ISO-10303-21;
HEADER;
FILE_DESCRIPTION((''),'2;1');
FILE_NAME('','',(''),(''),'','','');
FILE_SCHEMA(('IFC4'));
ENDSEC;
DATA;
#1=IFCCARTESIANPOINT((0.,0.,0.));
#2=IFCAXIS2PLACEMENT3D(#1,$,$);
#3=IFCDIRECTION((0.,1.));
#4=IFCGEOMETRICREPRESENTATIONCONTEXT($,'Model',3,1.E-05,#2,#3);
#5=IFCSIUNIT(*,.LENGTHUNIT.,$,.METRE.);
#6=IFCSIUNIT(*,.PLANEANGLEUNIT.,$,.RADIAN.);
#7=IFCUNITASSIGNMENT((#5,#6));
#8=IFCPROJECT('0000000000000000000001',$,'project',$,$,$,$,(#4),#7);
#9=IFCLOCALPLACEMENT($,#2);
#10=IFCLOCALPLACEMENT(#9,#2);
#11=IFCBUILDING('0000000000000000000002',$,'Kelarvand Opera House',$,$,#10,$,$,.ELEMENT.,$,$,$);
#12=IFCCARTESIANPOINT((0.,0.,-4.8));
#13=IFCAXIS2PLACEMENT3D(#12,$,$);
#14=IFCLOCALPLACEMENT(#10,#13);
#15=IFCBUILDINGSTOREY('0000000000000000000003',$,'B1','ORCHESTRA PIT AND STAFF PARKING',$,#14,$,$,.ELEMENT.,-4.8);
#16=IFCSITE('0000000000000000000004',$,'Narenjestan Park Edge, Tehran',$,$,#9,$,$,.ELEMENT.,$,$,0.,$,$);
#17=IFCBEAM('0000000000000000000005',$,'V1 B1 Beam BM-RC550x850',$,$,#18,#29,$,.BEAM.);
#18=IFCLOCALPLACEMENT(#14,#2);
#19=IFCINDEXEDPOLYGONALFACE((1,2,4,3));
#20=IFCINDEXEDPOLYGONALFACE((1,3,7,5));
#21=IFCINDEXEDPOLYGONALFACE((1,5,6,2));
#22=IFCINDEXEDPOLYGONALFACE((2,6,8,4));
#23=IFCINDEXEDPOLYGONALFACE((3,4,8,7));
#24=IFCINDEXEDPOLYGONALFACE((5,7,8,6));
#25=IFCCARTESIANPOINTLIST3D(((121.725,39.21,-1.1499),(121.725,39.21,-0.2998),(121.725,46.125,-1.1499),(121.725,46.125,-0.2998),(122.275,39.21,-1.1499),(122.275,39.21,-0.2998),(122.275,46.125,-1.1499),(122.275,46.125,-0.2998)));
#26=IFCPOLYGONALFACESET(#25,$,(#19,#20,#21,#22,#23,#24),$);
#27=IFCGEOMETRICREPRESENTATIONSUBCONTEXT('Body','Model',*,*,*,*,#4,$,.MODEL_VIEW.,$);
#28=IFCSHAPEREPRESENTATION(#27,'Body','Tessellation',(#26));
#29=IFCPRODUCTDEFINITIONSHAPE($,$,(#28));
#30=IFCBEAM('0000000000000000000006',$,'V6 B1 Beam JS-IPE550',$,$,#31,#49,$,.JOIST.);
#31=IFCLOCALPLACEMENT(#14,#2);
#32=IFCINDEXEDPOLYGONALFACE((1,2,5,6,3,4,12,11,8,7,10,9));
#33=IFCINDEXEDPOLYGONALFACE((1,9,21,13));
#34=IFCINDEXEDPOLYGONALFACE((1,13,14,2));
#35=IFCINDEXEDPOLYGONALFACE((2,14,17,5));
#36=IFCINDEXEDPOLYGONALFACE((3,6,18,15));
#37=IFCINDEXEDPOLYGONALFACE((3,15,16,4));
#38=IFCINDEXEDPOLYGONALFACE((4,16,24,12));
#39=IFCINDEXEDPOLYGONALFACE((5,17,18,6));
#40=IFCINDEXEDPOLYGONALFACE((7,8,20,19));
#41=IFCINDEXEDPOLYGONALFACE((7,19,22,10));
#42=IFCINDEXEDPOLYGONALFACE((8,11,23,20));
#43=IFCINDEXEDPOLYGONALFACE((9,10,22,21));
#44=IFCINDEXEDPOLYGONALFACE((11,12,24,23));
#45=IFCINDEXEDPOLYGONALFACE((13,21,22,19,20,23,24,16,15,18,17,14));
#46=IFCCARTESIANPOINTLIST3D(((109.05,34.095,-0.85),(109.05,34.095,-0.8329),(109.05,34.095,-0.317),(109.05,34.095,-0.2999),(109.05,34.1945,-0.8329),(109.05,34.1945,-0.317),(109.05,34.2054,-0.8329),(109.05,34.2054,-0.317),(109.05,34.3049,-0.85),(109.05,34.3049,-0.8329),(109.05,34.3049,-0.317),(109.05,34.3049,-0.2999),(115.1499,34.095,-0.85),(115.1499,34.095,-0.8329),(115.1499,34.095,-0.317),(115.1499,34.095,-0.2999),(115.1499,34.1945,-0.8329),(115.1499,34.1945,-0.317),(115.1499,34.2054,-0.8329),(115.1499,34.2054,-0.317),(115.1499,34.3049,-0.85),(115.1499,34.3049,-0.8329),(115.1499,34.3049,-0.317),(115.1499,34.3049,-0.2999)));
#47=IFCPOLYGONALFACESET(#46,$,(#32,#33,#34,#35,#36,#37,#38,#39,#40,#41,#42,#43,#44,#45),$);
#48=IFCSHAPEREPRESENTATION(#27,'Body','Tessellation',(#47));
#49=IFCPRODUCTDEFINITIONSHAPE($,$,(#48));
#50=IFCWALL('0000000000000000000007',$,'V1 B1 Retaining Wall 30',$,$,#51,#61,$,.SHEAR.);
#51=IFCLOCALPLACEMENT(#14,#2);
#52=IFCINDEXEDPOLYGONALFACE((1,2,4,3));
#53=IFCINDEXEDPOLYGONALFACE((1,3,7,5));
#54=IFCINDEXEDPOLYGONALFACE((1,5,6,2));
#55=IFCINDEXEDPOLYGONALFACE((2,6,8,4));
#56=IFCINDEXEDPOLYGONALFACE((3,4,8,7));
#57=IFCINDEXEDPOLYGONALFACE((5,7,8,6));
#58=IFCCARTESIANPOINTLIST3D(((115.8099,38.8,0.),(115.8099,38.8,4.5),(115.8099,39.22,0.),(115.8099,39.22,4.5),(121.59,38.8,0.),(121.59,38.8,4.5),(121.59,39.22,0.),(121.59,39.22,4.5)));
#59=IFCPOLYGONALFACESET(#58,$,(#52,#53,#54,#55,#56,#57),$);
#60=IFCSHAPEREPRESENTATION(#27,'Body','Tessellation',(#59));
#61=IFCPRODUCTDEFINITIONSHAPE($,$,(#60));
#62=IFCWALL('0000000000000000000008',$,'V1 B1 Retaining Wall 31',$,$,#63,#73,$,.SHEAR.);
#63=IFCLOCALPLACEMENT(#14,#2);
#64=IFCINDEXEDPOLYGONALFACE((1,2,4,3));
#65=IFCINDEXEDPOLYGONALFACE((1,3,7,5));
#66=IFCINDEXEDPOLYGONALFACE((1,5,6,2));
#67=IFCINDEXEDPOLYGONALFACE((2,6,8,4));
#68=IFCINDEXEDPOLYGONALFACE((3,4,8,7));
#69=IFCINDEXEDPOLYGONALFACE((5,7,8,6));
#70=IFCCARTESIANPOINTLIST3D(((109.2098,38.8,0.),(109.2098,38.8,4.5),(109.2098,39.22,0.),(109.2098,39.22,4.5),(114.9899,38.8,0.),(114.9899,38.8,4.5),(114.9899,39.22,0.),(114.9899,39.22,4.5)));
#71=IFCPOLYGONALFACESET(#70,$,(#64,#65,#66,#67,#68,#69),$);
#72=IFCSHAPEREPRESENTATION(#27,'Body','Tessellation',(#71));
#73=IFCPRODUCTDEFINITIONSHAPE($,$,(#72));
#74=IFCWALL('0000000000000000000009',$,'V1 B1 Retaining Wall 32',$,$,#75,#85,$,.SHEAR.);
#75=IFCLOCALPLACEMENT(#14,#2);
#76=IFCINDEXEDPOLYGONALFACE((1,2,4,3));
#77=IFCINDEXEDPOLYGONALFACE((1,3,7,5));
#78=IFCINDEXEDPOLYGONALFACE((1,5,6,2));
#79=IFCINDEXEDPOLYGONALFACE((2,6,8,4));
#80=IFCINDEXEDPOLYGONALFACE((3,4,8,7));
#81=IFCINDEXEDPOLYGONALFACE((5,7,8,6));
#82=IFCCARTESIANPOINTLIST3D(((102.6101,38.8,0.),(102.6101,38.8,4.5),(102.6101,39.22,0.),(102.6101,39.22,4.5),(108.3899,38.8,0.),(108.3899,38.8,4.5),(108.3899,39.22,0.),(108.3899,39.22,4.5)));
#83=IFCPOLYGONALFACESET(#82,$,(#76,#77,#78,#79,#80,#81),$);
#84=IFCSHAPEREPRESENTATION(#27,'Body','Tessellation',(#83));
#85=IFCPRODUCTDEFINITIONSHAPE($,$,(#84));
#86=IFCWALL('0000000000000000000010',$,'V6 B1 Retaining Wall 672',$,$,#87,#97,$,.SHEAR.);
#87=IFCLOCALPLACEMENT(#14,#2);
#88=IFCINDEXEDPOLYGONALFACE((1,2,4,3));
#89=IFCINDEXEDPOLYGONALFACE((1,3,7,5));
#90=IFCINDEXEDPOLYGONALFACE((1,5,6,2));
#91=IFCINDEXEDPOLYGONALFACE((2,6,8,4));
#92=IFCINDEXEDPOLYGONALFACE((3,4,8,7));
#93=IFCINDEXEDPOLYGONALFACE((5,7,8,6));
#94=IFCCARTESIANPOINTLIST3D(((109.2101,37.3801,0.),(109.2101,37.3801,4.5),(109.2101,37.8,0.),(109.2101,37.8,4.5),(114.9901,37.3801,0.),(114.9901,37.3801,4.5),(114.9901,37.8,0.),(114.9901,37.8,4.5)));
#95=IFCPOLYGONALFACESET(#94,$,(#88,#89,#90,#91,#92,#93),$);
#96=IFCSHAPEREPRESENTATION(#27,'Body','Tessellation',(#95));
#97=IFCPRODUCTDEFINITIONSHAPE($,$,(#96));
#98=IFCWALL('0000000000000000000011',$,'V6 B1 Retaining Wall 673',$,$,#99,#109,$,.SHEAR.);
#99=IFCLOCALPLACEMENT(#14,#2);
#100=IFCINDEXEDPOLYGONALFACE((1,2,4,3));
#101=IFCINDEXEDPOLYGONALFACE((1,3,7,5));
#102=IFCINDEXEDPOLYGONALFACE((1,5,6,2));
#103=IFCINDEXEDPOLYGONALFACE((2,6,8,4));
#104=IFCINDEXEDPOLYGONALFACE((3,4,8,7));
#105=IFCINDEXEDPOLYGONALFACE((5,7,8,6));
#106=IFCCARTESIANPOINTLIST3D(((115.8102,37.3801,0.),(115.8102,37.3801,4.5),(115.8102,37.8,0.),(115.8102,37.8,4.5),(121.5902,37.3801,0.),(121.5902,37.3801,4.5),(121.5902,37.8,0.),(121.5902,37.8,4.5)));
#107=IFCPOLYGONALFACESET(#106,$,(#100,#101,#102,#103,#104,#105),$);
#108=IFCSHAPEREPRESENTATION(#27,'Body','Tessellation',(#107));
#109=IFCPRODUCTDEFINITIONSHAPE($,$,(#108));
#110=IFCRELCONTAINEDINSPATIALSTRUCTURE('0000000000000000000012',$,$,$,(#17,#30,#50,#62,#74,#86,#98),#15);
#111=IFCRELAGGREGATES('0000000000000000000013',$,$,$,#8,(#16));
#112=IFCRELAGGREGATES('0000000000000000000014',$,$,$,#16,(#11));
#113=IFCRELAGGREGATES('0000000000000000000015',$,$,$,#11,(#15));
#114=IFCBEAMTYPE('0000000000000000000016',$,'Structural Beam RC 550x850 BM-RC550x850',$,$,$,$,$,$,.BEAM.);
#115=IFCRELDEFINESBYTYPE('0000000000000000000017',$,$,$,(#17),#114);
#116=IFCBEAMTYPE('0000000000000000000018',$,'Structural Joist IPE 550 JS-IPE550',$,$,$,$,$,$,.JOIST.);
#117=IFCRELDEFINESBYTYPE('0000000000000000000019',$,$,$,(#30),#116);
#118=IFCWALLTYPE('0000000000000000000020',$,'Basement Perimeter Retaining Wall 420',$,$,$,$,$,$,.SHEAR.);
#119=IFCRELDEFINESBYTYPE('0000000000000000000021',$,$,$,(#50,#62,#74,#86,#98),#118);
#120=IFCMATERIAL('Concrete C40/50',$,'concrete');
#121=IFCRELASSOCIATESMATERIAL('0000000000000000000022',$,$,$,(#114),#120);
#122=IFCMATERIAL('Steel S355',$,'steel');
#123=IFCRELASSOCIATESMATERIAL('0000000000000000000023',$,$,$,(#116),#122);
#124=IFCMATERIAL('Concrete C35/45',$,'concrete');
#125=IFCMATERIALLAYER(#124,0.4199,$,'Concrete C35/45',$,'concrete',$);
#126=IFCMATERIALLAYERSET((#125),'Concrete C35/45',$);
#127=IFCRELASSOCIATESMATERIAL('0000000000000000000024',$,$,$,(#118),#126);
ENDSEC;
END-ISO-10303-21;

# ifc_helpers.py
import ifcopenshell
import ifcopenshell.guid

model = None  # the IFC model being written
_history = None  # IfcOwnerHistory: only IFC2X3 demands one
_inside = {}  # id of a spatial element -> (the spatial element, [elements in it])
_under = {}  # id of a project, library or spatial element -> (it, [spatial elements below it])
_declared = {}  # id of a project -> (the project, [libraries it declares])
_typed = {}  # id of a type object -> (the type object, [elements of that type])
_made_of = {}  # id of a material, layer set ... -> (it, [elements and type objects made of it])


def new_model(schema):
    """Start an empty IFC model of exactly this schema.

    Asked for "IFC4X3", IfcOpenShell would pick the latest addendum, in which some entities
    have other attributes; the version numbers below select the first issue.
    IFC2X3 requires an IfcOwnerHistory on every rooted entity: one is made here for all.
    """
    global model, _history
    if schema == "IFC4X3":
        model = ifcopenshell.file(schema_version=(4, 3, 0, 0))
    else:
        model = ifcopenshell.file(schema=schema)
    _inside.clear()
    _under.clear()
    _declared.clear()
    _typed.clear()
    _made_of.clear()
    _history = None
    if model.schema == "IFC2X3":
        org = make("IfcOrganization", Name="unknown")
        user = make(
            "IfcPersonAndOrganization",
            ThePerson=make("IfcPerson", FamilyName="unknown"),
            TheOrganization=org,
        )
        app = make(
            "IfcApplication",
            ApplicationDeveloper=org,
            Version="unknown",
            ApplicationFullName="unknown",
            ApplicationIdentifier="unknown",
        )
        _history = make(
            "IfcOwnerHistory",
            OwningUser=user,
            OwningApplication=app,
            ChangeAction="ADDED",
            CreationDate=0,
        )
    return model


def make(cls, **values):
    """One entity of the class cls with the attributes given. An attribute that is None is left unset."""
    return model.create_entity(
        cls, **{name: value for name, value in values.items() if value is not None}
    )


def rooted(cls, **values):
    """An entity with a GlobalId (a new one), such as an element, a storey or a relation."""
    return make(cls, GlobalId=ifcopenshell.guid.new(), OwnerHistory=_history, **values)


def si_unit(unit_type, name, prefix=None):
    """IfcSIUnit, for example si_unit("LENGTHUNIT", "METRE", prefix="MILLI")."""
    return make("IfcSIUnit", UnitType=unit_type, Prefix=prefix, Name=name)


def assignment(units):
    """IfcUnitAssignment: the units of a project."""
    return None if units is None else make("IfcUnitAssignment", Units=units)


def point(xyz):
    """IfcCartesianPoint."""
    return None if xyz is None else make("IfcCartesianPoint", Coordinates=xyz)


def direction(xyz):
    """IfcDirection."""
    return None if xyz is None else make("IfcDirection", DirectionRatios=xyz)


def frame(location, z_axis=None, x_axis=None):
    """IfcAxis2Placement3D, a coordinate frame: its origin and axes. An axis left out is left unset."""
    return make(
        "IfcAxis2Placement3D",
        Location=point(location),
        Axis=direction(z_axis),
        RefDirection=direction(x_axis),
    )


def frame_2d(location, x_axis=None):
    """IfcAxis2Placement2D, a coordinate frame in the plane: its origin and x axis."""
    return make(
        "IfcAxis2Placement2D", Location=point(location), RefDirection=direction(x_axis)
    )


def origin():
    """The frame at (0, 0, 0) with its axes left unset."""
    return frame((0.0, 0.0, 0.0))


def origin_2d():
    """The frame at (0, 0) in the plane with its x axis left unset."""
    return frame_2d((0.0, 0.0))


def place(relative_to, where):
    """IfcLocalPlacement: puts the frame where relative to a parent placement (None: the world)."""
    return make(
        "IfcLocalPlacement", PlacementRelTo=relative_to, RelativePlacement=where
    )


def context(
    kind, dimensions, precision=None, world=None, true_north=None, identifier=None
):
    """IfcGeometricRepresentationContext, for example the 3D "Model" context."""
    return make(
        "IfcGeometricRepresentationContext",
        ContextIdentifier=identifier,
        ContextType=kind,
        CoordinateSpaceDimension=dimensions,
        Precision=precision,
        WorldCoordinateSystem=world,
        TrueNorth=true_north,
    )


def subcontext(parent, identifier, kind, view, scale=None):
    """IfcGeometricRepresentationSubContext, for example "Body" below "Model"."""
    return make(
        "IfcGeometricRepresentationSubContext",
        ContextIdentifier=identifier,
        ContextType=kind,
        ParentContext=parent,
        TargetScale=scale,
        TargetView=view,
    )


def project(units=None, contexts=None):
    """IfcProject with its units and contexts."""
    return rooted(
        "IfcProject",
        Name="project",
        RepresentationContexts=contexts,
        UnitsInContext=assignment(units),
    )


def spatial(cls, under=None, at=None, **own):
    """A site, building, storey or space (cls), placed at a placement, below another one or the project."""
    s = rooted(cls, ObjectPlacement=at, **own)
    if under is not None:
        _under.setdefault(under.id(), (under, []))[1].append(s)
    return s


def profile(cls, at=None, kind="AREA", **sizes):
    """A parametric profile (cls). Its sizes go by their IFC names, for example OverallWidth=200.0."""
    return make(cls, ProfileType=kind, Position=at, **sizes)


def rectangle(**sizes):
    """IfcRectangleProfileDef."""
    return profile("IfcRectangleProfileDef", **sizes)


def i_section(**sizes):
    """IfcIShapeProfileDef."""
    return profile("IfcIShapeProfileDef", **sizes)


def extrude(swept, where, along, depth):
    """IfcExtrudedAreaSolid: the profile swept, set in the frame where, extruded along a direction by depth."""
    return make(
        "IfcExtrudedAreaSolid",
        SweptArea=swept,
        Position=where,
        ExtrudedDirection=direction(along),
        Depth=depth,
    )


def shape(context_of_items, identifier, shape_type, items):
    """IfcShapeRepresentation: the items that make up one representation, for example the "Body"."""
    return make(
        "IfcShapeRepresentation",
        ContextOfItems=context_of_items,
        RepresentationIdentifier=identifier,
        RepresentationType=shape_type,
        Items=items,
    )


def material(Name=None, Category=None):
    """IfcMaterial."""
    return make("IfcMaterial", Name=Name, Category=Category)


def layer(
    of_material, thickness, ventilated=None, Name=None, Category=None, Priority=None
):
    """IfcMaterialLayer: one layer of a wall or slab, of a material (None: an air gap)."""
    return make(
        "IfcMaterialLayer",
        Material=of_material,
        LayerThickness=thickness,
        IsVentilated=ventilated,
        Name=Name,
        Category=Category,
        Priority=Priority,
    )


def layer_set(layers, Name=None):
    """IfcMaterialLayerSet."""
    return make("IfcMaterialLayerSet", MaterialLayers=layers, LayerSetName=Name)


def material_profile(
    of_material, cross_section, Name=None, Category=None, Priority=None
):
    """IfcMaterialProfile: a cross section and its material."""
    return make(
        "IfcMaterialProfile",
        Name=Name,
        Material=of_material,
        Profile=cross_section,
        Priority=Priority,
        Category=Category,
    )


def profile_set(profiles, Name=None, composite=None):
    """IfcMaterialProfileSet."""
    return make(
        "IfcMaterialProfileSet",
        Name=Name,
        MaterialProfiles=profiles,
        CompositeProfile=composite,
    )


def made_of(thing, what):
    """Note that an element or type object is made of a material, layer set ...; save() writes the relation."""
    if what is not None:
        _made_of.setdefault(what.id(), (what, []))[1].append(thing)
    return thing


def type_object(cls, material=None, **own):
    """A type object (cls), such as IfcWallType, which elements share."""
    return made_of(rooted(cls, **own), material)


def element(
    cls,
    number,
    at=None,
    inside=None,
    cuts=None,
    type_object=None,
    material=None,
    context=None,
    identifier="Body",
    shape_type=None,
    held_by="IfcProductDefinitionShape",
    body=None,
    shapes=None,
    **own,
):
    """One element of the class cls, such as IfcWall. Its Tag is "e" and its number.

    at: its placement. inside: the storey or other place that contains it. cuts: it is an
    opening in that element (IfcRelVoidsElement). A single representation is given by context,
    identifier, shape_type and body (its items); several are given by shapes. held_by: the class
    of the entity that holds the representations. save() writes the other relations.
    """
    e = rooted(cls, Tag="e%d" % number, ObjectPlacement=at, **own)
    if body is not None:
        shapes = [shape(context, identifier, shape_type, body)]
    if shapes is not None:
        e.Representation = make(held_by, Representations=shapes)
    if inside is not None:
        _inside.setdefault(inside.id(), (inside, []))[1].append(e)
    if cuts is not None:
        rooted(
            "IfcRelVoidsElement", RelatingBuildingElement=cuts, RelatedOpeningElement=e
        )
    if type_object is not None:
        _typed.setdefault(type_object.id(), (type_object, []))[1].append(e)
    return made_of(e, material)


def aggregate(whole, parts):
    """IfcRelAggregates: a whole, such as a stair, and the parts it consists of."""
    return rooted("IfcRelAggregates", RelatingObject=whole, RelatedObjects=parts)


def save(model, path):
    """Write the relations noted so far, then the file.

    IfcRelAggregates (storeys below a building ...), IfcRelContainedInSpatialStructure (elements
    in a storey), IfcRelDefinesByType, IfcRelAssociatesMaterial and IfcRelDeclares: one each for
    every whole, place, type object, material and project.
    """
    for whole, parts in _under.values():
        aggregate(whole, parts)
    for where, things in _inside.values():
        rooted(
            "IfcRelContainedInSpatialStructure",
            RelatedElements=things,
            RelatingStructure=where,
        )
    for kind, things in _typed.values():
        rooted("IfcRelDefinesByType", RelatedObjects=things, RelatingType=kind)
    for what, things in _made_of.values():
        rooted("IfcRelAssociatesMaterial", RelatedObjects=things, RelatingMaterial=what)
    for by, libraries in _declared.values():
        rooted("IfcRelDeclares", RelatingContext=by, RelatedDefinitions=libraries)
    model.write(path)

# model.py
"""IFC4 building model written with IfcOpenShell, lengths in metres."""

from ifc_helpers import new_model, si_unit, direction, frame, frame_2d, origin, origin_2d, place, context, subcontext, project, spatial, rectangle, i_section, extrude, material, layer, layer_set, material_profile, profile_set, type_object, element, save


model = new_model("IFC4")

# Units and contexts
model_context = context("Model", 3, precision=1e-05, world=origin(), true_north=direction((0.0, 1.0)))
body_context = subcontext(model_context, "Body", "Model", "MODEL_VIEW")
ifc_project = project(units=[si_unit("LENGTHUNIT", "METRE"), si_unit("PLANEANGLEUNIT", "RADIAN")], contexts=[model_context])

# Site, building, storey
site_placement = place(None, origin())
site = spatial("IfcSite", under=ifc_project, at=site_placement, Name="Narenjestan Park Edge, Tehran", CompositionType="ELEMENT", RefElevation=0.0)
building_placement = place(site_placement, origin())
building = spatial("IfcBuilding", under=site, at=building_placement, Name="Kelarvand Opera House", CompositionType="ELEMENT")
storey_placement = place(building_placement, frame((0.0, 0.0, -4.8)))
storey = spatial("IfcBuildingStorey", under=building, at=storey_placement, Name="B1", Description="ORCHESTRA PIT AND STAFF PARKING", CompositionType="ELEMENT", Elevation=-4.8)

# Shared definitions
ifc_material_1 = material(Name="Concrete C40/50", Category="concrete")

# Beams
ifc_material_2 = material(Name="Concrete C35/45", Category="concrete")
ifc_material_profile_1 = material_profile(ifc_material_1, rectangle(XDim=0.55, YDim=0.8501, at=origin_2d()), Name="RC 550x850", Category="concrete")
ifc_profile_set_1 = profile_set([ifc_material_profile_1], Name="Concrete C40/50")
beam_type_1 = type_object("IfcBeamType", Name="Structural Beam RC 550x850 BM-RC550x850", PredefinedType="BEAM", material=ifc_profile_set_1)
beam_1_placement = place(storey_placement, frame((122.0, 39.21, -0.7249), z_axis=(0.0, 1.0, 0.0), x_axis=(-1.0, 0.0, 0.0)))
element("IfcBeam", 1, at=beam_1_placement, inside=storey, type_object=beam_type_1, Name="V1 B1 Beam BM-RC550x850", PredefinedType="BEAM", context=body_context, shape_type="SweptSolid", body=[
    extrude(rectangle(XDim=0.55, YDim=0.8501, at=origin_2d()), origin(), (0.0, 0.0, 1.0), 6.915),
])
ifc_material_3 = material(Name="Steel S355", Category="steel")
ifc_material_profile_2 = material_profile(ifc_material_3, i_section(OverallWidth=0.21, OverallDepth=0.55, WebThickness=0.011, FlangeThickness=0.0171, at=origin_2d()), Name="IPE 550", Category="steel")
ifc_profile_set_2 = profile_set([ifc_material_profile_2], Name="Steel S355")
beam_type_2 = type_object("IfcBeamType", Name="Structural Joist IPE 550 JS-IPE550", PredefinedType="JOIST", material=ifc_profile_set_2)
beam_2_placement = place(storey_placement, frame((109.05, 34.2, -0.575), z_axis=(1.0, 0.0, 0.0), x_axis=(0.0, 1.0, 0.0)))
element("IfcBeam", 2, at=beam_2_placement, inside=storey, type_object=beam_type_2, Name="V6 B1 Beam JS-IPE550", PredefinedType="JOIST", context=body_context, shape_type="SweptSolid", body=[
    extrude(i_section(OverallWidth=0.21, OverallDepth=0.55, WebThickness=0.011, FlangeThickness=0.0171, at=origin_2d()), origin(), (0.0, 0.0, 1.0), 6.0999),
])

# Walls
ifc_layer = layer(ifc_material_2, 0.4199, Name="Concrete C35/45", Category="concrete")
ifc_layer_set = layer_set([ifc_layer], Name="Concrete C35/45")
wall_type = type_object("IfcWallType", Name="Basement Perimeter Retaining Wall 420", PredefinedType="SHEAR", material=ifc_layer_set)
for number, where, z_axis, x_axis, name in (
    (3, (121.5901, 39.01, 0.0), (0.0, 0.0, 1.0), (-1.0, 0.0, 0.0), "V1 B1 Retaining Wall 30"),
    (4, (114.99, 39.01, 0.0), (0.0, 0.0, 1.0), (-1.0, 0.0, 0.0), "V1 B1 Retaining Wall 31"),
):
    element("IfcWall", number, at=place(storey_placement, frame(where, z_axis=z_axis, x_axis=x_axis)), inside=storey, type_object=wall_type, Name=name, PredefinedType="SHEAR", context=body_context, shape_type="SweptSolid", body=[
        extrude(rectangle(XDim=5.78, YDim=0.4199, at=frame_2d((2.8901, 0.0))), origin(), (0.0, 0.0, 1.0), 4.5),
    ])
wall_placement = place(storey_placement, frame((108.3899, 39.01, 0.0), z_axis=(0.0, 0.0, 1.0), x_axis=(-1.0, 0.0, 0.0)))
element("IfcWall", 5, at=wall_placement, inside=storey, type_object=wall_type, Name="V1 B1 Retaining Wall 32", PredefinedType="SHEAR", context=body_context, shape_type="SweptSolid", body=[
    extrude(rectangle(XDim=5.7798, YDim=0.4199, at=frame_2d((2.8899, 0.0))), origin(), (0.0, 0.0, 1.0), 4.5),
])
for number, where, z_axis, x_axis, name in (
    (6, (109.21, 37.5901, 0.0), (0.0, 0.0, 1.0), (1.0, 0.0, 0.0), "V6 B1 Retaining Wall 672"),
    (7, (115.8101, 37.5901, 0.0), (0.0, 0.0, 1.0), (1.0, 0.0, 0.0), "V6 B1 Retaining Wall 673"),
):
    element("IfcWall", number, at=place(storey_placement, frame(where, z_axis=z_axis, x_axis=x_axis)), inside=storey, type_object=wall_type, Name=name, PredefinedType="SHEAR", context=body_context, shape_type="SweptSolid", body=[
        extrude(rectangle(XDim=5.78, YDim=0.4199, at=frame_2d((2.8901, 0.0))), origin(), (0.0, 0.0, 1.0), 4.5),
    ])

save(model, "model.ifc")
